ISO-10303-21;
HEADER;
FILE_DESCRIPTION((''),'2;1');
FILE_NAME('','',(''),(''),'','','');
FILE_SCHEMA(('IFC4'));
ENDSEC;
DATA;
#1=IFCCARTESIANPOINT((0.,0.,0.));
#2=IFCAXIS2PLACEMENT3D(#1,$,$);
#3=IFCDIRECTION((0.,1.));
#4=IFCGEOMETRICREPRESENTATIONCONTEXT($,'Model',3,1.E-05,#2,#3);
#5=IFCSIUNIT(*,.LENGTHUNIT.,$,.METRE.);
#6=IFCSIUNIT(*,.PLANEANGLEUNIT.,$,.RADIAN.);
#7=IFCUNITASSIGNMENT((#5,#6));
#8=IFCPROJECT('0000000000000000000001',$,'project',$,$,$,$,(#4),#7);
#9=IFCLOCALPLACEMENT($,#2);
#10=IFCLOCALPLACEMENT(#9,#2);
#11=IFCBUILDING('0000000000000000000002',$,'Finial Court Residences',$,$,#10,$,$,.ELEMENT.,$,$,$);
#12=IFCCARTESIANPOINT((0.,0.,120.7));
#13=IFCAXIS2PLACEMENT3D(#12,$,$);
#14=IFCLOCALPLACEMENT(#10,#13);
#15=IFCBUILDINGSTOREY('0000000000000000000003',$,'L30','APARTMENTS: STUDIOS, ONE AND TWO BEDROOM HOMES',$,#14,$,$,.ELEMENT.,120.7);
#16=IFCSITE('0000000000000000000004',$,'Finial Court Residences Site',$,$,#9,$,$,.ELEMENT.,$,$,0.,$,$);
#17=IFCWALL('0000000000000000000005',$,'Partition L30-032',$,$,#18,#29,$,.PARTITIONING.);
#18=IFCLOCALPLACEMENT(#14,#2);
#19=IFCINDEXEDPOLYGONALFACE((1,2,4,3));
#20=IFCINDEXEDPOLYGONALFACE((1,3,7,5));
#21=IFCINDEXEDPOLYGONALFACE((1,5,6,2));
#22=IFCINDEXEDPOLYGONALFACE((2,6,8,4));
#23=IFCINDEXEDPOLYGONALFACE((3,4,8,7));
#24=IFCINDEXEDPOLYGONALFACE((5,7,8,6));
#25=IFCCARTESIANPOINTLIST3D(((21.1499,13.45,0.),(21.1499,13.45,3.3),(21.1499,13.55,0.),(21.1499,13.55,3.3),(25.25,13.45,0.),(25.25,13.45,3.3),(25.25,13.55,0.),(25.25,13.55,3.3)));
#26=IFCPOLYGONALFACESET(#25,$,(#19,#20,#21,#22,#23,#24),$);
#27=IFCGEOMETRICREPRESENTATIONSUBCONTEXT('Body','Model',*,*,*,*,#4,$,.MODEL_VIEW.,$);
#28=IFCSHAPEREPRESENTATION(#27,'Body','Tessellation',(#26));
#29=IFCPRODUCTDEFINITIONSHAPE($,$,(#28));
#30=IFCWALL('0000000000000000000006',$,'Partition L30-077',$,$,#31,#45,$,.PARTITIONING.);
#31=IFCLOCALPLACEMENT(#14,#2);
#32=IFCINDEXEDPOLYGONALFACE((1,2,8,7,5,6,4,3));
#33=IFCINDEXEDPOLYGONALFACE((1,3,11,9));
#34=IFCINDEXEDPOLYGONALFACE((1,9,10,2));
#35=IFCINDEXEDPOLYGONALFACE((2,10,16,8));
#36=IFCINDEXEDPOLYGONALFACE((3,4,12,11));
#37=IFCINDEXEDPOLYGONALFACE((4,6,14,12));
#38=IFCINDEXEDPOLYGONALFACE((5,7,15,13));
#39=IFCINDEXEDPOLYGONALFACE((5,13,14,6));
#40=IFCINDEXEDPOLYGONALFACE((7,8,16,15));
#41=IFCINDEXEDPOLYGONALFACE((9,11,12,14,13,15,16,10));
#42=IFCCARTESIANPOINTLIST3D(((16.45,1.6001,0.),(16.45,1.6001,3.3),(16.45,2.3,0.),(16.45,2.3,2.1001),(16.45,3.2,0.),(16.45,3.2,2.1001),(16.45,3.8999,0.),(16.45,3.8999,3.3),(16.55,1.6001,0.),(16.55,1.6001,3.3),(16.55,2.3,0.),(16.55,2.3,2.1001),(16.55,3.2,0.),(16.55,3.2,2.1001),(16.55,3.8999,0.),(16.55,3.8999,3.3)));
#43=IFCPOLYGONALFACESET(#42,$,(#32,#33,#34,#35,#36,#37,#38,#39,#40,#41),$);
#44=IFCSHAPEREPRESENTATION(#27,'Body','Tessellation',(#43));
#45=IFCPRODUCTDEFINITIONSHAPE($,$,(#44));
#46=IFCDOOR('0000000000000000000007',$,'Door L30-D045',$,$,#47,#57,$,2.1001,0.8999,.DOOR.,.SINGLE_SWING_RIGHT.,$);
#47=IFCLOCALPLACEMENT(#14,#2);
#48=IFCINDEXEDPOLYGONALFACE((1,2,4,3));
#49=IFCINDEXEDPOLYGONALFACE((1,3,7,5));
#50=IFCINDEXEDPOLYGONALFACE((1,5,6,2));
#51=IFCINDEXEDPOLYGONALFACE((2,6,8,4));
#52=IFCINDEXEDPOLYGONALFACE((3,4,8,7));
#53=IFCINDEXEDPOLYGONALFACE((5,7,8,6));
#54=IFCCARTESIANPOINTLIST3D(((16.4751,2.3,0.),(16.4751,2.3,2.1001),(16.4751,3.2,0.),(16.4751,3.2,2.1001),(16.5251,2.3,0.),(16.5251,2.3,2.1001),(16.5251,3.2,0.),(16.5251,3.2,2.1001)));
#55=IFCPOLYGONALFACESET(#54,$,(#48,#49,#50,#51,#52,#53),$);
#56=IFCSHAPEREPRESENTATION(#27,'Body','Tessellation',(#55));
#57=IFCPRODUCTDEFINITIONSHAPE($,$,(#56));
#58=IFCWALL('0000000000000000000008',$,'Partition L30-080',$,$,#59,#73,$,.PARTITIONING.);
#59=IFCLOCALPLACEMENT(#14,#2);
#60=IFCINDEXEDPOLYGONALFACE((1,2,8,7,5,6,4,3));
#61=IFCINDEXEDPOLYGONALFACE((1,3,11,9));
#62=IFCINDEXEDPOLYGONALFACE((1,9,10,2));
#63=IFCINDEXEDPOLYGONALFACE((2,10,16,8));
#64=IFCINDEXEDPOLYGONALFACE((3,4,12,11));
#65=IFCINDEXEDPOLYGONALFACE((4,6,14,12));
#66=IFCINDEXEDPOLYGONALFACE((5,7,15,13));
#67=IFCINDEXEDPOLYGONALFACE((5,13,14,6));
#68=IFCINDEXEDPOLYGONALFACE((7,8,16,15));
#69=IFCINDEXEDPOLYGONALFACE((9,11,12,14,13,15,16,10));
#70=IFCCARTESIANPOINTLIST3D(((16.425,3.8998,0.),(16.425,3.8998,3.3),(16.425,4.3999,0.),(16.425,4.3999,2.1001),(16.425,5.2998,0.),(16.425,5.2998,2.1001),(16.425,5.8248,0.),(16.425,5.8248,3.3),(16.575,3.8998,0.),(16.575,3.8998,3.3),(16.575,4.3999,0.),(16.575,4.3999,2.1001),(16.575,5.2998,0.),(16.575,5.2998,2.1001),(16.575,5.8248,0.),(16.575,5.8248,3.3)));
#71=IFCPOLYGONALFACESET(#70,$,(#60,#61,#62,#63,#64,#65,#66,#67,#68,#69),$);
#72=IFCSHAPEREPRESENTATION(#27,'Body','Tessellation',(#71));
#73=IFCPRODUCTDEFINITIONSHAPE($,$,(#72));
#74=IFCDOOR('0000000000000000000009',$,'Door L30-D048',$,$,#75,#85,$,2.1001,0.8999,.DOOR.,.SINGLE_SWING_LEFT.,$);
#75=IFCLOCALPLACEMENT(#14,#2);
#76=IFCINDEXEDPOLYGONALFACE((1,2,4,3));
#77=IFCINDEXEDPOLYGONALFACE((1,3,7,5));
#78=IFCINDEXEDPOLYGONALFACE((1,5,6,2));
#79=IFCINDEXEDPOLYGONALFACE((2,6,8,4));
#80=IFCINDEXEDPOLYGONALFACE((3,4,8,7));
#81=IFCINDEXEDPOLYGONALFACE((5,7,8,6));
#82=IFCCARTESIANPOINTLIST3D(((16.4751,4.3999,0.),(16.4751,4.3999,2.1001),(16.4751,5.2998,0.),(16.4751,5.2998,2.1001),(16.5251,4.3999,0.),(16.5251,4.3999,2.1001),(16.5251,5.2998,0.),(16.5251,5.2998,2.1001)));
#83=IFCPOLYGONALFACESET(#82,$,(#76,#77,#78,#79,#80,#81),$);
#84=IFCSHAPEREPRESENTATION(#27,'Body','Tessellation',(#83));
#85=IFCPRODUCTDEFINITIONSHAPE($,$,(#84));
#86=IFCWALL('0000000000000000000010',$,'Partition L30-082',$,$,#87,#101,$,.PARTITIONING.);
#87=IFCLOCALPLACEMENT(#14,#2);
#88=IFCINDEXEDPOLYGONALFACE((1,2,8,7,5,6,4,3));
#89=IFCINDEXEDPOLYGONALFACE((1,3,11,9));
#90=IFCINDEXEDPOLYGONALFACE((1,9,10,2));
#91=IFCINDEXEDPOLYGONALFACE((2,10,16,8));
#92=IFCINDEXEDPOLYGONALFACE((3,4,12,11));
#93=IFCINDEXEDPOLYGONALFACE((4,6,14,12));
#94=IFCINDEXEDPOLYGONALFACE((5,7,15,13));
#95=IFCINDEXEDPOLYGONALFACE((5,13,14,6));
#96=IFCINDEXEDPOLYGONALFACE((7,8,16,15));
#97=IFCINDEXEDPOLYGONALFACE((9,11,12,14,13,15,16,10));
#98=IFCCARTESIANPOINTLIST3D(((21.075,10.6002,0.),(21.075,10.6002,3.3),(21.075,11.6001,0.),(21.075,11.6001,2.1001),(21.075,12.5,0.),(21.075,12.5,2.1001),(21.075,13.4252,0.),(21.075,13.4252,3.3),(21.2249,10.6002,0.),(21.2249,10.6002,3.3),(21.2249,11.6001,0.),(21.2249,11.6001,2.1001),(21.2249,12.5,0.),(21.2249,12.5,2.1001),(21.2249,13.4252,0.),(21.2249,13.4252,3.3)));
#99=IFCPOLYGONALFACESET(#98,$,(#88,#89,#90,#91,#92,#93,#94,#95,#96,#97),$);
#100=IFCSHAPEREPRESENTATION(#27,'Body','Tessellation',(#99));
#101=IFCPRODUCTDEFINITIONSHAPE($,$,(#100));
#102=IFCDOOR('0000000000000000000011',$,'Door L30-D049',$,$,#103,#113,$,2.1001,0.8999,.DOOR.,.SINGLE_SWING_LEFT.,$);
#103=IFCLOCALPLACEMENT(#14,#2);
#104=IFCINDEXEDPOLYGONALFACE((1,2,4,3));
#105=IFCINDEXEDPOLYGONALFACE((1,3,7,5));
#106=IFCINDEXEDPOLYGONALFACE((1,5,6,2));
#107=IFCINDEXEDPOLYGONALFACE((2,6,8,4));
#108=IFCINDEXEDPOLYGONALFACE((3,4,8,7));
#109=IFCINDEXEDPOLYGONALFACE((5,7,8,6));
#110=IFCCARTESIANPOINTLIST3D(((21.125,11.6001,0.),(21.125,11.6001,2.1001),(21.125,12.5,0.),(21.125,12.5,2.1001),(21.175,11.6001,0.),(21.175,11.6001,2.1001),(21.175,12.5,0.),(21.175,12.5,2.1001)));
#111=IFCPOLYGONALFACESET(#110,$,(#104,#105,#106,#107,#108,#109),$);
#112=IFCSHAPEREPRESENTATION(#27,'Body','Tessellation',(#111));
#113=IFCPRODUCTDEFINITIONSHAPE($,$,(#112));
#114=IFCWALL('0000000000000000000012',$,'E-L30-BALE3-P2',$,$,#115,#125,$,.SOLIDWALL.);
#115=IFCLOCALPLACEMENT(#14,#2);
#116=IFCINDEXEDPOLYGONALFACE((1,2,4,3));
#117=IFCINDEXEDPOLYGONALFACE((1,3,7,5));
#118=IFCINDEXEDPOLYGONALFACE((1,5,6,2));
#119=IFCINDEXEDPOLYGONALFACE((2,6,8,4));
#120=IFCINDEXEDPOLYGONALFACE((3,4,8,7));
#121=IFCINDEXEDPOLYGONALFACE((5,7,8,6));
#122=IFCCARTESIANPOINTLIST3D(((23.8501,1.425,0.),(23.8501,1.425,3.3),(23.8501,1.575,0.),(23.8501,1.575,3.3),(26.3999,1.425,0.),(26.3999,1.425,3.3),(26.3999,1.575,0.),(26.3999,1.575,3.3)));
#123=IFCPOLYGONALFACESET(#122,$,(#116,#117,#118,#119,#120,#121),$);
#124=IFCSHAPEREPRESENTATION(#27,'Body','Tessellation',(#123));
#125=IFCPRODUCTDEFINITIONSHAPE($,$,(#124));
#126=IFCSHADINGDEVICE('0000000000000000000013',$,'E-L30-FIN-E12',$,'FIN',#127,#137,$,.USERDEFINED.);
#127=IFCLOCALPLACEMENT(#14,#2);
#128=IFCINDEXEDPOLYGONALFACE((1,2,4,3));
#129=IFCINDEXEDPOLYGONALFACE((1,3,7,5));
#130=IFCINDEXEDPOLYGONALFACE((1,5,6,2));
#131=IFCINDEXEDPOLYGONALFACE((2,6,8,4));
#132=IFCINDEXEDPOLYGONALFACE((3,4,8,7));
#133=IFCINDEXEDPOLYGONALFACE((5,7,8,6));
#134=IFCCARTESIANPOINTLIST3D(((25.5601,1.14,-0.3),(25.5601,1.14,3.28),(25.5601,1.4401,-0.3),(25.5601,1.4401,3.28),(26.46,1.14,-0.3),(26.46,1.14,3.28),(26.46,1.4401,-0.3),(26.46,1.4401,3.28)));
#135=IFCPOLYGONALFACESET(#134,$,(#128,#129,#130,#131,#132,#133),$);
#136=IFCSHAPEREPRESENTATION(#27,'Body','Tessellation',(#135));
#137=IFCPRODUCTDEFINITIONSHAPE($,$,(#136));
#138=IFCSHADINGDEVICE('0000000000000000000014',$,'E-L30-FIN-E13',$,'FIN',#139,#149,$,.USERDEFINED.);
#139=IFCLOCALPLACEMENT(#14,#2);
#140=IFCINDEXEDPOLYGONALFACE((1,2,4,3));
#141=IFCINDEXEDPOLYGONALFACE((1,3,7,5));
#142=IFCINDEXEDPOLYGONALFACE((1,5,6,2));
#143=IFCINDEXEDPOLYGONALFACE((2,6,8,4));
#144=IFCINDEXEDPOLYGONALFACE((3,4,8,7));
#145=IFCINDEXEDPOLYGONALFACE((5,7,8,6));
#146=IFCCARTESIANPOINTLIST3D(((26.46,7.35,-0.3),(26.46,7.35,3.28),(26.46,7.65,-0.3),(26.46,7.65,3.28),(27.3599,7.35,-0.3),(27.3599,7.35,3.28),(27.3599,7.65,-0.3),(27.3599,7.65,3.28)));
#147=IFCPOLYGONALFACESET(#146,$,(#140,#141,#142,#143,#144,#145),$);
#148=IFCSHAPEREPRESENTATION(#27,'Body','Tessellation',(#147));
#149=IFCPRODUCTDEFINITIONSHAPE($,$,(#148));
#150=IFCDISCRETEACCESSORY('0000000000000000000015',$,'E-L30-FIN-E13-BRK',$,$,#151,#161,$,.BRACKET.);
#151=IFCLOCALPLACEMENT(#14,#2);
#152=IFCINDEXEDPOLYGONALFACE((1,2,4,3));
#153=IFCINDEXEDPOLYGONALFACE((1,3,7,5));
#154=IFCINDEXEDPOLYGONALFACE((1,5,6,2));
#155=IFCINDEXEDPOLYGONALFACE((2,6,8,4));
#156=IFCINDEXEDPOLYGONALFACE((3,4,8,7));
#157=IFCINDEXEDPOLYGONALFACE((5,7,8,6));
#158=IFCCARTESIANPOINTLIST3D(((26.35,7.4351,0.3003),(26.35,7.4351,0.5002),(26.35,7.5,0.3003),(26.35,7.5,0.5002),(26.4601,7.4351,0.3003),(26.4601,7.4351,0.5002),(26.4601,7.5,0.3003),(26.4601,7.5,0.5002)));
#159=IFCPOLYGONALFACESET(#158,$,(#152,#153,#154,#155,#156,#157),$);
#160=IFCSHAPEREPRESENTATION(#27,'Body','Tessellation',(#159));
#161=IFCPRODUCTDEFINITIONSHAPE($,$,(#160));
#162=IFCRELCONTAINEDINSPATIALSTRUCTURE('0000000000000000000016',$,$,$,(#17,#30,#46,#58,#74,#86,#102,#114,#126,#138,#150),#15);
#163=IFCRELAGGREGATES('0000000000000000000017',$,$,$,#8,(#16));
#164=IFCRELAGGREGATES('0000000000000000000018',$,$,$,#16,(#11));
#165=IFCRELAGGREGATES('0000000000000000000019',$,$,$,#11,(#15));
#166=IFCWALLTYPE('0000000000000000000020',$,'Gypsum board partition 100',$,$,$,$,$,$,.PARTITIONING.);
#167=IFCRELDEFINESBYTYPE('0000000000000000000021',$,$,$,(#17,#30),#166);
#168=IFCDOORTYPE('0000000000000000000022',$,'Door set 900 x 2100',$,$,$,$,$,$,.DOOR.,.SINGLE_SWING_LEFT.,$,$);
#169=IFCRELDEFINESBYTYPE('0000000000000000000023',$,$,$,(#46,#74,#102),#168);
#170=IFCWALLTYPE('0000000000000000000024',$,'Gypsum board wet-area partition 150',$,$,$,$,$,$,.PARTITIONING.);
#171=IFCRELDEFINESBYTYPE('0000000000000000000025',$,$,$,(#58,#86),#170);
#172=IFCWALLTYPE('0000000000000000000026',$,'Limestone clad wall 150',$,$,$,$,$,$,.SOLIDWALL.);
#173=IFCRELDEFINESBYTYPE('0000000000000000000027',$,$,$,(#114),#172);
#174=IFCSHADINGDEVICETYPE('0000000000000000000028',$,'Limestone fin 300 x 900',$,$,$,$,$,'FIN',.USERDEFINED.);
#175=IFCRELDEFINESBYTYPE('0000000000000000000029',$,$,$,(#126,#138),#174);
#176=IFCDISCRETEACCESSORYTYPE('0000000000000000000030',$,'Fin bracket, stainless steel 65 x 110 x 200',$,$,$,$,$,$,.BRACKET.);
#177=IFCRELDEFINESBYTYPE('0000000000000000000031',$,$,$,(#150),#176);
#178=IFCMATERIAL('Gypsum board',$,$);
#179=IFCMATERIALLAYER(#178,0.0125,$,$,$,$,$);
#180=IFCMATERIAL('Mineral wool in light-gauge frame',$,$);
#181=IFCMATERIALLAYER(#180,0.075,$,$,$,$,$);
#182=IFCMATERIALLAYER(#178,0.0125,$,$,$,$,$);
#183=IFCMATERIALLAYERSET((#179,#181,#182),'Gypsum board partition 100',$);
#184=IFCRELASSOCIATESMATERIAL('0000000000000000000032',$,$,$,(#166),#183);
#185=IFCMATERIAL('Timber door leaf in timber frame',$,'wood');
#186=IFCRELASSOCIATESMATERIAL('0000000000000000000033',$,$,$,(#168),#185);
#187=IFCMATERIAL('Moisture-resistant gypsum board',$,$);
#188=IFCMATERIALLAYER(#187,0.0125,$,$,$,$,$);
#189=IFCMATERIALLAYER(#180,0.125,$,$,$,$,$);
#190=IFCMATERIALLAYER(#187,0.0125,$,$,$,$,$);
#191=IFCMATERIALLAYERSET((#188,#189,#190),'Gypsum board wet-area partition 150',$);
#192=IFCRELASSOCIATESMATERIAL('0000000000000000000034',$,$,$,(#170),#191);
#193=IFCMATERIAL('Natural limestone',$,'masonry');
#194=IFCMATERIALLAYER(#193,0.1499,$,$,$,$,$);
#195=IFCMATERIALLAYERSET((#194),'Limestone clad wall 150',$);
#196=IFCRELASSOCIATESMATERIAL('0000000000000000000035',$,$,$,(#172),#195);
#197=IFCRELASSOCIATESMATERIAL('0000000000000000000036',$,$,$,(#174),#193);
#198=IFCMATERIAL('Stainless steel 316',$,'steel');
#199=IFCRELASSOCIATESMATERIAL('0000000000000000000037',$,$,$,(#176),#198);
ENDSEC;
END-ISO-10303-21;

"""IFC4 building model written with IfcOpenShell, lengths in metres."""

from ifc_helpers import new_model, si_unit, direction, frame, frame_2d, origin, origin_2d, place, context, subcontext, project, spatial, rectangle, extrude, material, layer, layer_set, type_object, element, fill, save


model = new_model("IFC4")

# Units and contexts
model_context = context("Model", 3, precision=1e-05, world=origin(), true_north=direction((0.0, 1.0)))
body_context = subcontext(model_context, "Body", "Model", "MODEL_VIEW")
ifc_project = project(units=[si_unit("LENGTHUNIT", "METRE"), si_unit("PLANEANGLEUNIT", "RADIAN")], contexts=[model_context])

# Site, building, storey
site_placement = place(None, origin())
site = spatial("IfcSite", under=ifc_project, at=site_placement, Name="Finial Court Residences Site", CompositionType="ELEMENT", RefElevation=0.0)
building_placement = place(site_placement, origin())
building = spatial("IfcBuilding", under=site, at=building_placement, Name="Finial Court Residences", CompositionType="ELEMENT")
storey_placement = place(building_placement, frame((0.0, 0.0, 120.7)))
storey = spatial("IfcBuildingStorey", under=building, at=storey_placement, Name="L30", Description="APARTMENTS: STUDIOS, ONE AND TWO BEDROOM HOMES", CompositionType="ELEMENT", Elevation=120.7)

# Wall
ifc_material_1 = material(Name="Gypsum board")
ifc_layer_1 = layer(ifc_material_1, 0.0125)
ifc_material_2 = material(Name="Mineral wool in light-gauge frame")
ifc_layer_2 = layer(ifc_material_2, 0.075)
ifc_layer_3 = layer(ifc_material_1, 0.0125)
ifc_layer_set_1 = layer_set([ifc_layer_1, ifc_layer_2, ifc_layer_3], Name="Gypsum board partition 100")
wall_type_1 = type_object("IfcWallType", Name="Gypsum board partition 100", PredefinedType="PARTITIONING", material=ifc_layer_set_1)
wall_1_placement = place(storey_placement, frame((21.1499, 13.5, 0.0), z_axis=(0.0, 0.0, 1.0), x_axis=(1.0, 0.0, 0.0)))
element("IfcWall", 1, at=wall_1_placement, inside=storey, type_object=wall_type_1, Name="Partition L30-032", PredefinedType="PARTITIONING", context=body_context, shape_type="SweptSolid", body=[
    extrude(rectangle(XDim=4.1001, YDim=0.1001, at=frame_2d((2.05, 0.0))), origin(), (0.0, 0.0, 1.0), 3.3),
])

# Walls, openings, doors
wall_2_placement = place(storey_placement, frame((16.5, 1.6001, 0.0), z_axis=(0.0, 0.0, 1.0), x_axis=(0.0, 1.0, 0.0)))
wall_2 = element("IfcWall", 2, at=wall_2_placement, inside=storey, type_object=wall_type_1, Name="Partition L30-077", PredefinedType="PARTITIONING", context=body_context, shape_type="SweptSolid", body=[
    extrude(rectangle(XDim=2.2998, YDim=0.1001, at=frame_2d((1.1499, 0.0))), origin(), (0.0, 0.0, 1.0), 3.3),
])
opening_1_placement = place(wall_2_placement, frame((0.7, 0.0, 0.0)))
opening_1 = element("IfcOpeningElement", 3, at=opening_1_placement, cuts=wall_2, PredefinedType="OPENING", context=body_context, shape_type="SweptSolid", body=[
    extrude(rectangle(XDim=0.8999, YDim=2.1001, at=frame_2d((0.45, 1.05))), frame((0.0, 0.0601, 0.0), z_axis=(0.0, -1.0, 0.0), x_axis=(1.0, 0.0, 0.0)), (0.0, 0.0, 1.0), 0.1201),
])
ifc_material_3 = material(Name="Timber door leaf in timber frame", Category="wood")
door_type_1 = type_object("IfcDoorType", Name="Door set 900 x 2100", OperationType="SINGLE_SWING_LEFT", PredefinedType="DOOR", material=ifc_material_3)
door_1_placement = place(opening_1_placement, origin())
door_1 = element("IfcDoor", 4, at=door_1_placement, inside=storey, type_object=door_type_1, Name="Door L30-D045", OperationType="SINGLE_SWING_RIGHT", OverallHeight=2.1001, OverallWidth=0.8999, PredefinedType="DOOR", context=body_context, shape_type="SweptSolid", body=[
    extrude(rectangle(XDim=0.8999, YDim=2.1001, at=frame_2d((0.45, 1.05))), frame((0.0, 0.0249, 0.0), z_axis=(0.0, -1.0, 0.0), x_axis=(1.0, 0.0, 0.0)), (0.0, 0.0, 1.0), 0.05),
])
fill(opening_1, door_1)
ifc_material_4 = material(Name="Moisture-resistant gypsum board")
ifc_layer_4 = layer(ifc_material_4, 0.0125)
ifc_layer_5 = layer(ifc_material_2, 0.125)
ifc_layer_6 = layer(ifc_material_4, 0.0125)
ifc_layer_set_2 = layer_set([ifc_layer_4, ifc_layer_5, ifc_layer_6], Name="Gypsum board wet-area partition 150")
wall_type_2 = type_object("IfcWallType", Name="Gypsum board wet-area partition 150", PredefinedType="PARTITIONING", material=ifc_layer_set_2)
wall_3_placement = place(storey_placement, frame((16.5, 3.8999, 0.0), z_axis=(0.0, 0.0, 1.0), x_axis=(0.0, 1.0, 0.0)))
wall_3 = element("IfcWall", 5, at=wall_3_placement, inside=storey, type_object=wall_type_2, Name="Partition L30-080", PredefinedType="PARTITIONING", context=body_context, shape_type="SweptSolid", body=[
    extrude(rectangle(XDim=1.925, YDim=0.1499, at=frame_2d((0.9624, 0.0))), origin(), (0.0, 0.0, 1.0), 3.3),
])
opening_2_placement = place(wall_3_placement, frame((0.5, 0.0, 0.0)))
opening_2 = element("IfcOpeningElement", 6, at=opening_2_placement, cuts=wall_3, PredefinedType="OPENING", context=body_context, shape_type="SweptSolid", body=[
    extrude(rectangle(XDim=0.8999, YDim=2.1001, at=frame_2d((0.45, 1.05))), frame((0.0, 0.085, 0.0), z_axis=(0.0, -1.0, 0.0), x_axis=(1.0, 0.0, 0.0)), (0.0, 0.0, 1.0), 0.1699),
])
door_2_placement = place(opening_2_placement, origin())
door_2 = element("IfcDoor", 7, at=door_2_placement, inside=storey, type_object=door_type_1, Name="Door L30-D048", OperationType="SINGLE_SWING_LEFT", OverallHeight=2.1001, OverallWidth=0.8999, PredefinedType="DOOR", context=body_context, shape_type="SweptSolid", body=[
    extrude(rectangle(XDim=0.8999, YDim=2.1001, at=frame_2d((0.45, 1.05))), frame((0.0, 0.0249, 0.0), z_axis=(0.0, -1.0, 0.0), x_axis=(1.0, 0.0, 0.0)), (0.0, 0.0, 1.0), 0.05),
])
fill(opening_2, door_2)
wall_4_placement = place(storey_placement, frame((21.1499, 10.6001, 0.0), z_axis=(0.0, 0.0, 1.0), x_axis=(0.0, 1.0, 0.0)))
wall_4 = element("IfcWall", 8, at=wall_4_placement, inside=storey, type_object=wall_type_2, Name="Partition L30-082", PredefinedType="PARTITIONING", context=body_context, shape_type="SweptSolid", body=[
    extrude(rectangle(XDim=2.825, YDim=0.1499, at=frame_2d((1.4126, 0.0))), origin(), (0.0, 0.0, 1.0), 3.3),
])
opening_3_placement = place(wall_4_placement, frame((1.0, 0.0, 0.0)))
opening_3 = element("IfcOpeningElement", 9, at=opening_3_placement, cuts=wall_4, PredefinedType="OPENING", context=body_context, shape_type="SweptSolid", body=[
    extrude(rectangle(XDim=0.8999, YDim=2.1001, at=frame_2d((0.45, 1.05))), frame((0.0, 0.085, 0.0), z_axis=(0.0, -1.0, 0.0), x_axis=(1.0, 0.0, 0.0)), (0.0, 0.0, 1.0), 0.1699),
])
door_3_placement = place(opening_3_placement, origin())
door_3 = element("IfcDoor", 10, at=door_3_placement, inside=storey, type_object=door_type_1, Name="Door L30-D049", OperationType="SINGLE_SWING_LEFT", OverallHeight=2.1001, OverallWidth=0.8999, PredefinedType="DOOR", context=body_context, shape_type="SweptSolid", body=[
    extrude(rectangle(XDim=0.8999, YDim=2.1001, at=frame_2d((0.45, 1.05))), frame((0.0, 0.0249, 0.0), z_axis=(0.0, -1.0, 0.0), x_axis=(1.0, 0.0, 0.0)), (0.0, 0.0, 1.0), 0.05),
])
fill(opening_3, door_3)

# Wall
ifc_material_5 = material(Name="Natural limestone", Category="masonry")
ifc_layer_7 = layer(ifc_material_5, 0.1499)
ifc_layer_set_3 = layer_set([ifc_layer_7], Name="Limestone clad wall 150")
wall_type_3 = type_object("IfcWallType", Name="Limestone clad wall 150", PredefinedType="SOLIDWALL", material=ifc_layer_set_3)
wall_5_placement = place(storey_placement, frame((23.8501, 1.5, 0.0), z_axis=(0.0, 0.0, 1.0), x_axis=(1.0, 0.0, 0.0)))
element("IfcWall", 11, at=wall_5_placement, inside=storey, type_object=wall_type_3, Name="E-L30-BALE3-P2", PredefinedType="SOLIDWALL", context=body_context, shape_type="SweptSolid", body=[
    extrude(rectangle(XDim=2.5498, YDim=0.1499, at=frame_2d((1.2749, 0.0))), origin(), (0.0, 0.0, 1.0), 3.3),
])

# Shading devices
shading_device_type = type_object("IfcShadingDeviceType", Name="Limestone fin 300 x 900", ElementType="FIN", PredefinedType="USERDEFINED", material=ifc_material_5)
for number, where, z_axis, x_axis, name in (
    (12, (26.01, 1.29, -0.3), (0.0, 0.0, 1.0), (1.0, 0.0, 0.0), "E-L30-FIN-E12"),
    (13, (26.9099, 7.5, -0.3), (0.0, 0.0, 1.0), (1.0, 0.0, 0.0), "E-L30-FIN-E13"),
):
    element("IfcShadingDevice", number, at=place(storey_placement, frame(where, z_axis=z_axis, x_axis=x_axis)), inside=storey, type_object=shading_device_type, Name=name, ObjectType="FIN", PredefinedType="USERDEFINED", context=body_context, shape_type="SweptSolid", body=[
        extrude(rectangle(XDim=0.8999, YDim=0.3, at=origin_2d()), origin(), (0.0, 0.0, 1.0), 3.5801),
    ])

# Discrete accessory
ifc_material_6 = material(Name="Stainless steel 316", Category="steel")
discrete_accessory_type = type_object("IfcDiscreteAccessoryType", Name="Fin bracket, stainless steel 65 x 110 x 200", PredefinedType="BRACKET", material=ifc_material_6)
discrete_accessory_placement = place(storey_placement, frame((26.405, 7.4675, 0.3003), z_axis=(0.0, 0.0, 1.0), x_axis=(1.0, 0.0, 0.0)))
element("IfcDiscreteAccessory", 14, at=discrete_accessory_placement, inside=storey, type_object=discrete_accessory_type, Name="E-L30-FIN-E13-BRK", PredefinedType="BRACKET", context=body_context, shape_type="SweptSolid", body=[
    extrude(rectangle(XDim=0.1101, YDim=0.0649, at=origin_2d()), origin(), (0.0, 0.0, 1.0), 0.2),
])

save(model, "model.ifc")
